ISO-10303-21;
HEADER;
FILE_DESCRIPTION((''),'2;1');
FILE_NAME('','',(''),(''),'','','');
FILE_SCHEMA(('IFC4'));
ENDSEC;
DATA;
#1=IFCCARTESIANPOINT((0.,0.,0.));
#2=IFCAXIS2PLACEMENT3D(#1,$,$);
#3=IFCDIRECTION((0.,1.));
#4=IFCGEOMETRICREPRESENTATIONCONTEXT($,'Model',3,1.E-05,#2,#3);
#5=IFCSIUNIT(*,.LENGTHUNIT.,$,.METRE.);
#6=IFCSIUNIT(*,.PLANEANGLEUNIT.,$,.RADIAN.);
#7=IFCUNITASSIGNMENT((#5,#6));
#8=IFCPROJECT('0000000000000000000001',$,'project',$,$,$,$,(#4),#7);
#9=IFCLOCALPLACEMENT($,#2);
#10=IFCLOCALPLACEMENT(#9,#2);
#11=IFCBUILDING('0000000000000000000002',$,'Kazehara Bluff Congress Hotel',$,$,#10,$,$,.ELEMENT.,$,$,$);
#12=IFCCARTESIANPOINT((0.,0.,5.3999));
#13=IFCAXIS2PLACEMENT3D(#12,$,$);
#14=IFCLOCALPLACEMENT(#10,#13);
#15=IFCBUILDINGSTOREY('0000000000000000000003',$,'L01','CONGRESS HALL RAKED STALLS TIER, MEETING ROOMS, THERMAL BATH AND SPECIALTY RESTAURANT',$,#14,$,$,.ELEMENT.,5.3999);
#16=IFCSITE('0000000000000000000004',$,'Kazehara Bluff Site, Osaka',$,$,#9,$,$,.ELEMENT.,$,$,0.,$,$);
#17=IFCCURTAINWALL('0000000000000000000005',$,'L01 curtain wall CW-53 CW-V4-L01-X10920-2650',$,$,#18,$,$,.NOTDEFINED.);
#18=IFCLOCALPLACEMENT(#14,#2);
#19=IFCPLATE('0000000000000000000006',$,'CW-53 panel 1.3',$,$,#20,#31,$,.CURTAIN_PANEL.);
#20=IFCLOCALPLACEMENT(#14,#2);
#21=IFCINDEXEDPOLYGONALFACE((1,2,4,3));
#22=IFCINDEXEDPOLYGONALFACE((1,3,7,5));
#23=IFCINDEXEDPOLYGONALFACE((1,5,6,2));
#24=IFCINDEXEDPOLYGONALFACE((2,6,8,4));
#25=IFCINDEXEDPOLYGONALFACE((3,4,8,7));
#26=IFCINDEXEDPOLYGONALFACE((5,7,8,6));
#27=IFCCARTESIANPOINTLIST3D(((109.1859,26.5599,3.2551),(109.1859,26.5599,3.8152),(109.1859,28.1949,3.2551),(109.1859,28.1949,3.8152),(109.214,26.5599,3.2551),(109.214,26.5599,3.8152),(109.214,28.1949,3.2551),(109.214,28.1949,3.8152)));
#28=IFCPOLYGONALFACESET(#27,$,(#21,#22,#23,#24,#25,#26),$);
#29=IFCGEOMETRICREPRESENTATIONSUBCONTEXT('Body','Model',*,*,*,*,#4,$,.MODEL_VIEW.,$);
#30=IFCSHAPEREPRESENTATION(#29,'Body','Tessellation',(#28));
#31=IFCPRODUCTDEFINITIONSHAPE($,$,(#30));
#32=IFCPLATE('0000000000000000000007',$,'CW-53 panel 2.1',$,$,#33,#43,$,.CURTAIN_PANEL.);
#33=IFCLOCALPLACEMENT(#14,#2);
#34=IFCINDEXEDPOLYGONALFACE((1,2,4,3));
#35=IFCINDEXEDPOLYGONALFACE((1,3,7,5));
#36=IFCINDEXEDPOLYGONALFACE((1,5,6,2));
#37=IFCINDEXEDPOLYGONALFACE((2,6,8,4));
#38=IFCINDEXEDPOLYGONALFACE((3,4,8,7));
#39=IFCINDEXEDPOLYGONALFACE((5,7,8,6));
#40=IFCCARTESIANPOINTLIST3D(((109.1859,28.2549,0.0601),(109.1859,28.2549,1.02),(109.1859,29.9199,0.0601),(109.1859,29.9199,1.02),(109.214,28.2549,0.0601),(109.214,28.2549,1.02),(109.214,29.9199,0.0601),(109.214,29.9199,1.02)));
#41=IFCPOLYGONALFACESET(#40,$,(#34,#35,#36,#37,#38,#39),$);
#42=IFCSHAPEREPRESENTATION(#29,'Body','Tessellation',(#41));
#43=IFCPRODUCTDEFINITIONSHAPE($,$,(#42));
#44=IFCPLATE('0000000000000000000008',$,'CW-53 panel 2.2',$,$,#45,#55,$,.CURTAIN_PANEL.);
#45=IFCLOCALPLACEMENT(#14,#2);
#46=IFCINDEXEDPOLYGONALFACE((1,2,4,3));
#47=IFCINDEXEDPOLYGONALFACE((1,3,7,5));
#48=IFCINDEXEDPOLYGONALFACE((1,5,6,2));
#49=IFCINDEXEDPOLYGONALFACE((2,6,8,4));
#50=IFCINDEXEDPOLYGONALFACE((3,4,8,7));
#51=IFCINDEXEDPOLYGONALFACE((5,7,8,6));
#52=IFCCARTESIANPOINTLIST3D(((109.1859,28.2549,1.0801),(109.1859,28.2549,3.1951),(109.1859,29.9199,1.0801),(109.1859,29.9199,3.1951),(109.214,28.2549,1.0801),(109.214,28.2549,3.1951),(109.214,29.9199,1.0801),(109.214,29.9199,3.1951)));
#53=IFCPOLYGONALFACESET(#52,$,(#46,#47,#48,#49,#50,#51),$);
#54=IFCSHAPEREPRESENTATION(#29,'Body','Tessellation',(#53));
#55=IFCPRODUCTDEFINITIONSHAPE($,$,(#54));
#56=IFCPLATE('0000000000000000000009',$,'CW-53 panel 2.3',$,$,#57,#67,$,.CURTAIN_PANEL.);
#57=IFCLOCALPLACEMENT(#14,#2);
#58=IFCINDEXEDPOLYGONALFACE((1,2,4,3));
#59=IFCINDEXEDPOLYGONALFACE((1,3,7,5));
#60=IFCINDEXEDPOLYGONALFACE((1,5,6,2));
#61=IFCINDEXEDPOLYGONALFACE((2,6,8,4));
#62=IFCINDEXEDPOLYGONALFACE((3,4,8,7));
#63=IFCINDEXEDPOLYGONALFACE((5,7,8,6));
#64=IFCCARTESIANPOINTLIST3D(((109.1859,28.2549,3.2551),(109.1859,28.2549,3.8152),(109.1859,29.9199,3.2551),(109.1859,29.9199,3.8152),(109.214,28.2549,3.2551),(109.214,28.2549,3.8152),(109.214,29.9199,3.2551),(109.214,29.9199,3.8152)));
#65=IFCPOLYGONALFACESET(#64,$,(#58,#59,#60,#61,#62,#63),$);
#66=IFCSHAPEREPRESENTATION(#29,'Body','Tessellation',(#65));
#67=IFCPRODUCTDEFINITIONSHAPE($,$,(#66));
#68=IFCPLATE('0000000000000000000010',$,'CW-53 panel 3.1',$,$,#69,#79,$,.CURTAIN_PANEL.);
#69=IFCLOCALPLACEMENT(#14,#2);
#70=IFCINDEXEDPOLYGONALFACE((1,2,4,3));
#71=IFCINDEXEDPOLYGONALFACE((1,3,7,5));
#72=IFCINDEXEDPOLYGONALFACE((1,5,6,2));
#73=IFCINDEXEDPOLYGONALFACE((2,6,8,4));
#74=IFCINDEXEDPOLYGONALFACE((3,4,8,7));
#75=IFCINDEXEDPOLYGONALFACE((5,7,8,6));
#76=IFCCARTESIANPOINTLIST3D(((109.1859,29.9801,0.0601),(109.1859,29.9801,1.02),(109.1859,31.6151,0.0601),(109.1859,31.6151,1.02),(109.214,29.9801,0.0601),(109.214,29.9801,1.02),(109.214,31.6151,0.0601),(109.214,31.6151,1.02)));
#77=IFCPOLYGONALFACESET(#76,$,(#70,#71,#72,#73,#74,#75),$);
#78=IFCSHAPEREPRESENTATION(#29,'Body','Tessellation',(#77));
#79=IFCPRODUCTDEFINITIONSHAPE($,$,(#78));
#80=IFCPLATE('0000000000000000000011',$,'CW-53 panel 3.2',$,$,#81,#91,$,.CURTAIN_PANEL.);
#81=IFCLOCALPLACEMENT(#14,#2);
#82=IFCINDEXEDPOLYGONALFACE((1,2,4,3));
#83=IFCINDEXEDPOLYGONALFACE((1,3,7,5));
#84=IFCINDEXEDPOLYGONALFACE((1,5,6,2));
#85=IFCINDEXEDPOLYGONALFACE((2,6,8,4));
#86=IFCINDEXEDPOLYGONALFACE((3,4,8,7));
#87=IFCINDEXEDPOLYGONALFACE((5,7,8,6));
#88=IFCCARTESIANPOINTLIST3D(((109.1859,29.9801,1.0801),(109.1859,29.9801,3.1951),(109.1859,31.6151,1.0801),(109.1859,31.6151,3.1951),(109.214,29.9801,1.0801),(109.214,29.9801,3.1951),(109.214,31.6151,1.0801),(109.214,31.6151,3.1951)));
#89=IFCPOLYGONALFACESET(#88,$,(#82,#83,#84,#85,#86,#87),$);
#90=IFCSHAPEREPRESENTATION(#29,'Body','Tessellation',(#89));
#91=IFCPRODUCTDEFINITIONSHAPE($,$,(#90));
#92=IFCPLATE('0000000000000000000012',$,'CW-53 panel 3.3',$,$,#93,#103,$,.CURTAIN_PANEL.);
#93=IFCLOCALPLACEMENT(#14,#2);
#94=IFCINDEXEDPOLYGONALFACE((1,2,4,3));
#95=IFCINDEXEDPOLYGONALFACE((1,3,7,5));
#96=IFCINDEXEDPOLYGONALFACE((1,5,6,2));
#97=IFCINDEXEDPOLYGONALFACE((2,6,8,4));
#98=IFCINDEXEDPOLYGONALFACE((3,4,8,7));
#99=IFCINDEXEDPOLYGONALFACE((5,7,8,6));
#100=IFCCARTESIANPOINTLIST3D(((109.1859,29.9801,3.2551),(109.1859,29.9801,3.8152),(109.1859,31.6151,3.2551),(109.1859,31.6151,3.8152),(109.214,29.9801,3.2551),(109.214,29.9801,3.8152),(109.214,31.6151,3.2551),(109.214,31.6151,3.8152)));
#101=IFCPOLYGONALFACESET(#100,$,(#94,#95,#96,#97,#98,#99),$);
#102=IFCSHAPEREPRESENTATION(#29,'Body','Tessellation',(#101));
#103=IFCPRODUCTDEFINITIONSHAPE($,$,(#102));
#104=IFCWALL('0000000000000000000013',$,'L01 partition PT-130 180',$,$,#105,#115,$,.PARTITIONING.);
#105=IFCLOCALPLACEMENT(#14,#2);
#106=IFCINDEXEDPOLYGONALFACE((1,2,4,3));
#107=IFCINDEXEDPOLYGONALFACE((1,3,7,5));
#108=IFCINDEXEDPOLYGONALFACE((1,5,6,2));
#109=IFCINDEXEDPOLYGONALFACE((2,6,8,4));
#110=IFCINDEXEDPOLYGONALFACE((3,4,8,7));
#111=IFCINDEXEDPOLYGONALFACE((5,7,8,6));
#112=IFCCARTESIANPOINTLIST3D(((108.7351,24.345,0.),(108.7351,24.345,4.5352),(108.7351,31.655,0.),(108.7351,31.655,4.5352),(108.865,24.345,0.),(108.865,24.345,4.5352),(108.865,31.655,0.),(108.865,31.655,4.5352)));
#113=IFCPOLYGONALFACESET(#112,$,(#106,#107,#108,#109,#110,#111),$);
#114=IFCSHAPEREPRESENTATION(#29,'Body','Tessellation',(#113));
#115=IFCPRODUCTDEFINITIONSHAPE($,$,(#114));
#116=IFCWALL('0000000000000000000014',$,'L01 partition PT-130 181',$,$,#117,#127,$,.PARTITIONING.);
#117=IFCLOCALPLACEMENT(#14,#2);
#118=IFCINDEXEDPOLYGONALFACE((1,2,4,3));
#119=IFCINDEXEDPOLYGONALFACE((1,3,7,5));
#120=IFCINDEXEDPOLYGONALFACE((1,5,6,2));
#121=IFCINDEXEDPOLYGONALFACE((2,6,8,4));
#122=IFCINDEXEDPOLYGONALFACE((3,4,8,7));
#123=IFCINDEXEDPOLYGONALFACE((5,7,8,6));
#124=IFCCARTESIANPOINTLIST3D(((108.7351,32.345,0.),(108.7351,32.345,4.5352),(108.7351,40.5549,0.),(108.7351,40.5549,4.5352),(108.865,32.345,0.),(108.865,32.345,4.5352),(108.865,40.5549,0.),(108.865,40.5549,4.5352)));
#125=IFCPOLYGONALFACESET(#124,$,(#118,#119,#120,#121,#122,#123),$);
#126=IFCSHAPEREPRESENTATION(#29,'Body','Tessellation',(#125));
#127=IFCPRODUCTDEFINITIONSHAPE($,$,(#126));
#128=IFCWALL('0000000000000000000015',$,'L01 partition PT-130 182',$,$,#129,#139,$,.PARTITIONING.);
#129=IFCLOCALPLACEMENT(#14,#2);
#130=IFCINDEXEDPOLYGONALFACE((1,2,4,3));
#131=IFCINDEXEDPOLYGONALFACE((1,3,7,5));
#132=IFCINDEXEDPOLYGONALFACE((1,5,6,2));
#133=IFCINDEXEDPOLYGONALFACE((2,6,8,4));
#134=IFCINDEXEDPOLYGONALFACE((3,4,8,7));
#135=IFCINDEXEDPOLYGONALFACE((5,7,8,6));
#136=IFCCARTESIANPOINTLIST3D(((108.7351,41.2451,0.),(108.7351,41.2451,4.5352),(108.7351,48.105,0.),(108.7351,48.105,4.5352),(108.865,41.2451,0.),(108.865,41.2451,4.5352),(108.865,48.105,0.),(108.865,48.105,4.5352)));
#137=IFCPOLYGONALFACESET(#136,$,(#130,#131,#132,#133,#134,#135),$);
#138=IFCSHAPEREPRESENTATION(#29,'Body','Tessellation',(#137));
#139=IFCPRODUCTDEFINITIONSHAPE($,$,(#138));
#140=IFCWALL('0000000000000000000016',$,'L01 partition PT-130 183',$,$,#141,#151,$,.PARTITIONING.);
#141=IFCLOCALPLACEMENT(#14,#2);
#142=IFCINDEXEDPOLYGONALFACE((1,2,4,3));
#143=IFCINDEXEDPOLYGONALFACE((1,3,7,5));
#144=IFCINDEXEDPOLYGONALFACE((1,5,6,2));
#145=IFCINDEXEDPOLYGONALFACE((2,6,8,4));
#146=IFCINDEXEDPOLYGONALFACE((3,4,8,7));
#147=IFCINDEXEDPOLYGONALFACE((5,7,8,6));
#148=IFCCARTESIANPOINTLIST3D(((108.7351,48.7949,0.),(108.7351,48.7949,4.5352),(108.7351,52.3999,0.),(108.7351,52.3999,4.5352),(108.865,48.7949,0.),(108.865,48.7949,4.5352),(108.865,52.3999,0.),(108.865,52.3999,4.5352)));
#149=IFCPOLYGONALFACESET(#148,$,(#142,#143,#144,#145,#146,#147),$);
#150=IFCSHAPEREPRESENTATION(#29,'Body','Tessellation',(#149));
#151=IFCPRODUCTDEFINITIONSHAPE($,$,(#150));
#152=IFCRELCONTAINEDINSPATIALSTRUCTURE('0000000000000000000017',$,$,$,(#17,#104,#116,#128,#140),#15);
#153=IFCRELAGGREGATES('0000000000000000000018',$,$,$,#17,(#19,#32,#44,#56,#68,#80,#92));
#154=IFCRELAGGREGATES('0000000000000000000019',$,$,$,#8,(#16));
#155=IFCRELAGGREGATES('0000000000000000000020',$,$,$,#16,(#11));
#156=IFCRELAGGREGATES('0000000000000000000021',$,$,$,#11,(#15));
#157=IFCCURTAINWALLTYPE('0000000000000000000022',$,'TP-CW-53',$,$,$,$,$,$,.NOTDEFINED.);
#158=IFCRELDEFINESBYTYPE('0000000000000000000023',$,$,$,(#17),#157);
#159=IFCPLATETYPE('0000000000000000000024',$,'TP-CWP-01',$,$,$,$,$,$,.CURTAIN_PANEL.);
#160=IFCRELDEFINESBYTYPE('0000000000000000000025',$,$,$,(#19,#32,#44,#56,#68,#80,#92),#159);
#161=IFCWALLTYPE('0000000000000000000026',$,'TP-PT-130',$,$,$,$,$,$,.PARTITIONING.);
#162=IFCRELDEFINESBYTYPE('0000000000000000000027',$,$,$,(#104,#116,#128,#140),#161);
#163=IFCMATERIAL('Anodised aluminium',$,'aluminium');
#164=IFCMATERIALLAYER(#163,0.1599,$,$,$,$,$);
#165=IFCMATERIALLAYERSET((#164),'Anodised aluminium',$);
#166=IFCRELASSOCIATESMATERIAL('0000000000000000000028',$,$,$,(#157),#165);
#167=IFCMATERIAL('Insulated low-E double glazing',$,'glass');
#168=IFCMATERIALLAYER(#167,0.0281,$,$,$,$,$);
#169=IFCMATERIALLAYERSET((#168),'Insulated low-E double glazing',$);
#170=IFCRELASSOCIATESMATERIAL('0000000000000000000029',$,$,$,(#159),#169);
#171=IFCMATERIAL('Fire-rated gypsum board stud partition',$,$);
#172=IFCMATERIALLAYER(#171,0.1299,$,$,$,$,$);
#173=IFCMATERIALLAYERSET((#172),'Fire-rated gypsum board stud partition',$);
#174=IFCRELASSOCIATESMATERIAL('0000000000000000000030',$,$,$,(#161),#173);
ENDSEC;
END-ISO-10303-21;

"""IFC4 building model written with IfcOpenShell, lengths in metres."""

from ifc_helpers import new_model, si_unit, direction, frame, frame_2d, origin, origin_2d, place, context, subcontext, project, spatial, rectangle, extrude, material, layer, layer_set, type_object, element, aggregate, save


model = new_model("IFC4")

# Units and contexts
model_context = context("Model", 3, precision=1e-05, world=origin(), true_north=direction((0.0, 1.0)))
body_context = subcontext(model_context, "Body", "Model", "MODEL_VIEW")
ifc_project = project(units=[si_unit("LENGTHUNIT", "METRE"), si_unit("PLANEANGLEUNIT", "RADIAN")], contexts=[model_context])

# Site, building, storey
site_placement = place(None, origin())
site = spatial("IfcSite", under=ifc_project, at=site_placement, Name="Kazehara Bluff Site, Osaka", CompositionType="ELEMENT", RefElevation=0.0)
building_placement = place(site_placement, origin())
building = spatial("IfcBuilding", under=site, at=building_placement, Name="Kazehara Bluff Congress Hotel", CompositionType="ELEMENT")
storey_placement = place(building_placement, frame((0.0, 0.0, 5.3999)))
storey = spatial("IfcBuildingStorey", under=building, at=storey_placement, Name="L01", Description="CONGRESS HALL RAKED STALLS TIER, MEETING ROOMS, THERMAL BATH AND SPECIALTY RESTAURANT", CompositionType="ELEMENT", Elevation=5.3999)

# Curtain wall
ifc_material_1 = material(Name="Anodised aluminium", Category="aluminium")
ifc_layer_1 = layer(ifc_material_1, 0.1599)
ifc_layer_set_1 = layer_set([ifc_layer_1], Name="Anodised aluminium")
curtain_wall_type = type_object("IfcCurtainWallType", Name="TP-CW-53", PredefinedType="NOTDEFINED", material=ifc_layer_set_1)
curtain_wall_placement = place(storey_placement, origin())
curtain_wall = element("IfcCurtainWall", 1, at=curtain_wall_placement, inside=storey, type_object=curtain_wall_type, Name="L01 curtain wall CW-53 CW-V4-L01-X10920-2650", PredefinedType="NOTDEFINED")

# Plates
ifc_material_2 = material(Name="Insulated low-E double glazing", Category="glass")
ifc_layer_2 = layer(ifc_material_2, 0.0281)
ifc_layer_set_2 = layer_set([ifc_layer_2], Name="Insulated low-E double glazing")
plate_type = type_object("IfcPlateType", Name="TP-CWP-01", PredefinedType="CURTAIN_PANEL", material=ifc_layer_set_2)
plate_1_placement = place(storey_placement, frame((109.2, 27.3774, 3.2551), z_axis=(0.0, 0.0, 1.0), x_axis=(0.0, 1.0, 0.0)))
plate_1 = element("IfcPlate", 2, at=plate_1_placement, type_object=plate_type, Name="CW-53 panel 1.3", PredefinedType="CURTAIN_PANEL", context=body_context, shape_type="SweptSolid", body=[
    extrude(rectangle(XDim=1.635, YDim=0.0281, at=origin_2d()), origin(), (0.0, 0.0, 1.0), 0.5601),
])
plate_2_placement = place(storey_placement, frame((109.2, 29.0874, 0.0601), z_axis=(0.0, 0.0, 1.0), x_axis=(0.0, 1.0, 0.0)))
plate_2 = element("IfcPlate", 3, at=plate_2_placement, type_object=plate_type, Name="CW-53 panel 2.1", PredefinedType="CURTAIN_PANEL", context=body_context, shape_type="SweptSolid", body=[
    extrude(rectangle(XDim=1.665, YDim=0.0281, at=origin_2d()), origin(), (0.0, 0.0, 1.0), 0.96),
])
plate_3_placement = place(storey_placement, frame((109.2, 29.0874, 1.0801), z_axis=(0.0, 0.0, 1.0), x_axis=(0.0, 1.0, 0.0)))
plate_3 = element("IfcPlate", 4, at=plate_3_placement, type_object=plate_type, Name="CW-53 panel 2.2", PredefinedType="CURTAIN_PANEL", context=body_context, shape_type="SweptSolid", body=[
    extrude(rectangle(XDim=1.665, YDim=0.0281, at=origin_2d()), origin(), (0.0, 0.0, 1.0), 2.115),
])
plate_4_placement = place(storey_placement, frame((109.2, 29.0874, 3.2551), z_axis=(0.0, 0.0, 1.0), x_axis=(0.0, 1.0, 0.0)))
plate_4 = element("IfcPlate", 5, at=plate_4_placement, type_object=plate_type, Name="CW-53 panel 2.3", PredefinedType="CURTAIN_PANEL", context=body_context, shape_type="SweptSolid", body=[
    extrude(rectangle(XDim=1.665, YDim=0.0281, at=origin_2d()), origin(), (0.0, 0.0, 1.0), 0.5601),
])
plate_5_placement = place(storey_placement, frame((109.2, 30.7976, 0.0601), z_axis=(0.0, 0.0, 1.0), x_axis=(0.0, 1.0, 0.0)))
plate_5 = element("IfcPlate", 6, at=plate_5_placement, type_object=plate_type, Name="CW-53 panel 3.1", PredefinedType="CURTAIN_PANEL", context=body_context, shape_type="SweptSolid", body=[
    extrude(rectangle(XDim=1.635, YDim=0.0281, at=origin_2d()), origin(), (0.0, 0.0, 1.0), 0.96),
])
plate_6_placement = place(storey_placement, frame((109.2, 30.7976, 1.0801), z_axis=(0.0, 0.0, 1.0), x_axis=(0.0, 1.0, 0.0)))
plate_6 = element("IfcPlate", 7, at=plate_6_placement, type_object=plate_type, Name="CW-53 panel 3.2", PredefinedType="CURTAIN_PANEL", context=body_context, shape_type="SweptSolid", body=[
    extrude(rectangle(XDim=1.635, YDim=0.0281, at=origin_2d()), origin(), (0.0, 0.0, 1.0), 2.115),
])
plate_7_placement = place(storey_placement, frame((109.2, 30.7976, 3.2551), z_axis=(0.0, 0.0, 1.0), x_axis=(0.0, 1.0, 0.0)))
plate_7 = element("IfcPlate", 8, at=plate_7_placement, type_object=plate_type, Name="CW-53 panel 3.3", PredefinedType="CURTAIN_PANEL", context=body_context, shape_type="SweptSolid", body=[
    extrude(rectangle(XDim=1.635, YDim=0.0281, at=origin_2d()), origin(), (0.0, 0.0, 1.0), 0.5601),
])
aggregate(curtain_wall, [plate_1, plate_2, plate_3, plate_4, plate_5, plate_6, plate_7])

# Walls
ifc_material_3 = material(Name="Fire-rated gypsum board stud partition")
ifc_layer_3 = layer(ifc_material_3, 0.1299)
ifc_layer_set_3 = layer_set([ifc_layer_3], Name="Fire-rated gypsum board stud partition")
wall_type = type_object("IfcWallType", Name="TP-PT-130", PredefinedType="PARTITIONING", material=ifc_layer_set_3)
wall_1_placement = place(storey_placement, frame((108.8, 24.345, 0.0), z_axis=(0.0, 0.0, 1.0), x_axis=(0.0, 1.0, 0.0)))
element("IfcWall", 9, at=wall_1_placement, inside=storey, type_object=wall_type, Name="L01 partition PT-130 180", PredefinedType="PARTITIONING", context=body_context, shape_type="SweptSolid", body=[
    extrude(rectangle(XDim=7.3101, YDim=0.1299, at=frame_2d((3.655, 0.0))), origin(), (0.0, 0.0, 1.0), 4.5352),
])
wall_2_placement = place(storey_placement, frame((108.8, 32.345, 0.0), z_axis=(0.0, 0.0, 1.0), x_axis=(0.0, 1.0, 0.0)))
element("IfcWall", 10, at=wall_2_placement, inside=storey, type_object=wall_type, Name="L01 partition PT-130 181", PredefinedType="PARTITIONING", context=body_context, shape_type="SweptSolid", body=[
    extrude(rectangle(XDim=8.21, YDim=0.1299, at=frame_2d((4.105, 0.0))), origin(), (0.0, 0.0, 1.0), 4.5352),
])
wall_3_placement = place(storey_placement, frame((108.8, 41.2451, 0.0), z_axis=(0.0, 0.0, 1.0), x_axis=(0.0, 1.0, 0.0)))
element("IfcWall", 11, at=wall_3_placement, inside=storey, type_object=wall_type, Name="L01 partition PT-130 182", PredefinedType="PARTITIONING", context=body_context, shape_type="SweptSolid", body=[
    extrude(rectangle(XDim=6.8599, YDim=0.1299, at=frame_2d((3.4299, 0.0))), origin(), (0.0, 0.0, 1.0), 4.5352),
])
wall_4_placement = place(storey_placement, frame((108.8, 48.7949, 0.0), z_axis=(0.0, 0.0, 1.0), x_axis=(0.0, 1.0, 0.0)))
element("IfcWall", 12, at=wall_4_placement, inside=storey, type_object=wall_type, Name="L01 partition PT-130 183", PredefinedType="PARTITIONING", context=body_context, shape_type="SweptSolid", body=[
    extrude(rectangle(XDim=3.605, YDim=0.1299, at=frame_2d((1.8025, 0.0))), origin(), (0.0, 0.0, 1.0), 4.5352),
])

save(model, "model.ifc")
